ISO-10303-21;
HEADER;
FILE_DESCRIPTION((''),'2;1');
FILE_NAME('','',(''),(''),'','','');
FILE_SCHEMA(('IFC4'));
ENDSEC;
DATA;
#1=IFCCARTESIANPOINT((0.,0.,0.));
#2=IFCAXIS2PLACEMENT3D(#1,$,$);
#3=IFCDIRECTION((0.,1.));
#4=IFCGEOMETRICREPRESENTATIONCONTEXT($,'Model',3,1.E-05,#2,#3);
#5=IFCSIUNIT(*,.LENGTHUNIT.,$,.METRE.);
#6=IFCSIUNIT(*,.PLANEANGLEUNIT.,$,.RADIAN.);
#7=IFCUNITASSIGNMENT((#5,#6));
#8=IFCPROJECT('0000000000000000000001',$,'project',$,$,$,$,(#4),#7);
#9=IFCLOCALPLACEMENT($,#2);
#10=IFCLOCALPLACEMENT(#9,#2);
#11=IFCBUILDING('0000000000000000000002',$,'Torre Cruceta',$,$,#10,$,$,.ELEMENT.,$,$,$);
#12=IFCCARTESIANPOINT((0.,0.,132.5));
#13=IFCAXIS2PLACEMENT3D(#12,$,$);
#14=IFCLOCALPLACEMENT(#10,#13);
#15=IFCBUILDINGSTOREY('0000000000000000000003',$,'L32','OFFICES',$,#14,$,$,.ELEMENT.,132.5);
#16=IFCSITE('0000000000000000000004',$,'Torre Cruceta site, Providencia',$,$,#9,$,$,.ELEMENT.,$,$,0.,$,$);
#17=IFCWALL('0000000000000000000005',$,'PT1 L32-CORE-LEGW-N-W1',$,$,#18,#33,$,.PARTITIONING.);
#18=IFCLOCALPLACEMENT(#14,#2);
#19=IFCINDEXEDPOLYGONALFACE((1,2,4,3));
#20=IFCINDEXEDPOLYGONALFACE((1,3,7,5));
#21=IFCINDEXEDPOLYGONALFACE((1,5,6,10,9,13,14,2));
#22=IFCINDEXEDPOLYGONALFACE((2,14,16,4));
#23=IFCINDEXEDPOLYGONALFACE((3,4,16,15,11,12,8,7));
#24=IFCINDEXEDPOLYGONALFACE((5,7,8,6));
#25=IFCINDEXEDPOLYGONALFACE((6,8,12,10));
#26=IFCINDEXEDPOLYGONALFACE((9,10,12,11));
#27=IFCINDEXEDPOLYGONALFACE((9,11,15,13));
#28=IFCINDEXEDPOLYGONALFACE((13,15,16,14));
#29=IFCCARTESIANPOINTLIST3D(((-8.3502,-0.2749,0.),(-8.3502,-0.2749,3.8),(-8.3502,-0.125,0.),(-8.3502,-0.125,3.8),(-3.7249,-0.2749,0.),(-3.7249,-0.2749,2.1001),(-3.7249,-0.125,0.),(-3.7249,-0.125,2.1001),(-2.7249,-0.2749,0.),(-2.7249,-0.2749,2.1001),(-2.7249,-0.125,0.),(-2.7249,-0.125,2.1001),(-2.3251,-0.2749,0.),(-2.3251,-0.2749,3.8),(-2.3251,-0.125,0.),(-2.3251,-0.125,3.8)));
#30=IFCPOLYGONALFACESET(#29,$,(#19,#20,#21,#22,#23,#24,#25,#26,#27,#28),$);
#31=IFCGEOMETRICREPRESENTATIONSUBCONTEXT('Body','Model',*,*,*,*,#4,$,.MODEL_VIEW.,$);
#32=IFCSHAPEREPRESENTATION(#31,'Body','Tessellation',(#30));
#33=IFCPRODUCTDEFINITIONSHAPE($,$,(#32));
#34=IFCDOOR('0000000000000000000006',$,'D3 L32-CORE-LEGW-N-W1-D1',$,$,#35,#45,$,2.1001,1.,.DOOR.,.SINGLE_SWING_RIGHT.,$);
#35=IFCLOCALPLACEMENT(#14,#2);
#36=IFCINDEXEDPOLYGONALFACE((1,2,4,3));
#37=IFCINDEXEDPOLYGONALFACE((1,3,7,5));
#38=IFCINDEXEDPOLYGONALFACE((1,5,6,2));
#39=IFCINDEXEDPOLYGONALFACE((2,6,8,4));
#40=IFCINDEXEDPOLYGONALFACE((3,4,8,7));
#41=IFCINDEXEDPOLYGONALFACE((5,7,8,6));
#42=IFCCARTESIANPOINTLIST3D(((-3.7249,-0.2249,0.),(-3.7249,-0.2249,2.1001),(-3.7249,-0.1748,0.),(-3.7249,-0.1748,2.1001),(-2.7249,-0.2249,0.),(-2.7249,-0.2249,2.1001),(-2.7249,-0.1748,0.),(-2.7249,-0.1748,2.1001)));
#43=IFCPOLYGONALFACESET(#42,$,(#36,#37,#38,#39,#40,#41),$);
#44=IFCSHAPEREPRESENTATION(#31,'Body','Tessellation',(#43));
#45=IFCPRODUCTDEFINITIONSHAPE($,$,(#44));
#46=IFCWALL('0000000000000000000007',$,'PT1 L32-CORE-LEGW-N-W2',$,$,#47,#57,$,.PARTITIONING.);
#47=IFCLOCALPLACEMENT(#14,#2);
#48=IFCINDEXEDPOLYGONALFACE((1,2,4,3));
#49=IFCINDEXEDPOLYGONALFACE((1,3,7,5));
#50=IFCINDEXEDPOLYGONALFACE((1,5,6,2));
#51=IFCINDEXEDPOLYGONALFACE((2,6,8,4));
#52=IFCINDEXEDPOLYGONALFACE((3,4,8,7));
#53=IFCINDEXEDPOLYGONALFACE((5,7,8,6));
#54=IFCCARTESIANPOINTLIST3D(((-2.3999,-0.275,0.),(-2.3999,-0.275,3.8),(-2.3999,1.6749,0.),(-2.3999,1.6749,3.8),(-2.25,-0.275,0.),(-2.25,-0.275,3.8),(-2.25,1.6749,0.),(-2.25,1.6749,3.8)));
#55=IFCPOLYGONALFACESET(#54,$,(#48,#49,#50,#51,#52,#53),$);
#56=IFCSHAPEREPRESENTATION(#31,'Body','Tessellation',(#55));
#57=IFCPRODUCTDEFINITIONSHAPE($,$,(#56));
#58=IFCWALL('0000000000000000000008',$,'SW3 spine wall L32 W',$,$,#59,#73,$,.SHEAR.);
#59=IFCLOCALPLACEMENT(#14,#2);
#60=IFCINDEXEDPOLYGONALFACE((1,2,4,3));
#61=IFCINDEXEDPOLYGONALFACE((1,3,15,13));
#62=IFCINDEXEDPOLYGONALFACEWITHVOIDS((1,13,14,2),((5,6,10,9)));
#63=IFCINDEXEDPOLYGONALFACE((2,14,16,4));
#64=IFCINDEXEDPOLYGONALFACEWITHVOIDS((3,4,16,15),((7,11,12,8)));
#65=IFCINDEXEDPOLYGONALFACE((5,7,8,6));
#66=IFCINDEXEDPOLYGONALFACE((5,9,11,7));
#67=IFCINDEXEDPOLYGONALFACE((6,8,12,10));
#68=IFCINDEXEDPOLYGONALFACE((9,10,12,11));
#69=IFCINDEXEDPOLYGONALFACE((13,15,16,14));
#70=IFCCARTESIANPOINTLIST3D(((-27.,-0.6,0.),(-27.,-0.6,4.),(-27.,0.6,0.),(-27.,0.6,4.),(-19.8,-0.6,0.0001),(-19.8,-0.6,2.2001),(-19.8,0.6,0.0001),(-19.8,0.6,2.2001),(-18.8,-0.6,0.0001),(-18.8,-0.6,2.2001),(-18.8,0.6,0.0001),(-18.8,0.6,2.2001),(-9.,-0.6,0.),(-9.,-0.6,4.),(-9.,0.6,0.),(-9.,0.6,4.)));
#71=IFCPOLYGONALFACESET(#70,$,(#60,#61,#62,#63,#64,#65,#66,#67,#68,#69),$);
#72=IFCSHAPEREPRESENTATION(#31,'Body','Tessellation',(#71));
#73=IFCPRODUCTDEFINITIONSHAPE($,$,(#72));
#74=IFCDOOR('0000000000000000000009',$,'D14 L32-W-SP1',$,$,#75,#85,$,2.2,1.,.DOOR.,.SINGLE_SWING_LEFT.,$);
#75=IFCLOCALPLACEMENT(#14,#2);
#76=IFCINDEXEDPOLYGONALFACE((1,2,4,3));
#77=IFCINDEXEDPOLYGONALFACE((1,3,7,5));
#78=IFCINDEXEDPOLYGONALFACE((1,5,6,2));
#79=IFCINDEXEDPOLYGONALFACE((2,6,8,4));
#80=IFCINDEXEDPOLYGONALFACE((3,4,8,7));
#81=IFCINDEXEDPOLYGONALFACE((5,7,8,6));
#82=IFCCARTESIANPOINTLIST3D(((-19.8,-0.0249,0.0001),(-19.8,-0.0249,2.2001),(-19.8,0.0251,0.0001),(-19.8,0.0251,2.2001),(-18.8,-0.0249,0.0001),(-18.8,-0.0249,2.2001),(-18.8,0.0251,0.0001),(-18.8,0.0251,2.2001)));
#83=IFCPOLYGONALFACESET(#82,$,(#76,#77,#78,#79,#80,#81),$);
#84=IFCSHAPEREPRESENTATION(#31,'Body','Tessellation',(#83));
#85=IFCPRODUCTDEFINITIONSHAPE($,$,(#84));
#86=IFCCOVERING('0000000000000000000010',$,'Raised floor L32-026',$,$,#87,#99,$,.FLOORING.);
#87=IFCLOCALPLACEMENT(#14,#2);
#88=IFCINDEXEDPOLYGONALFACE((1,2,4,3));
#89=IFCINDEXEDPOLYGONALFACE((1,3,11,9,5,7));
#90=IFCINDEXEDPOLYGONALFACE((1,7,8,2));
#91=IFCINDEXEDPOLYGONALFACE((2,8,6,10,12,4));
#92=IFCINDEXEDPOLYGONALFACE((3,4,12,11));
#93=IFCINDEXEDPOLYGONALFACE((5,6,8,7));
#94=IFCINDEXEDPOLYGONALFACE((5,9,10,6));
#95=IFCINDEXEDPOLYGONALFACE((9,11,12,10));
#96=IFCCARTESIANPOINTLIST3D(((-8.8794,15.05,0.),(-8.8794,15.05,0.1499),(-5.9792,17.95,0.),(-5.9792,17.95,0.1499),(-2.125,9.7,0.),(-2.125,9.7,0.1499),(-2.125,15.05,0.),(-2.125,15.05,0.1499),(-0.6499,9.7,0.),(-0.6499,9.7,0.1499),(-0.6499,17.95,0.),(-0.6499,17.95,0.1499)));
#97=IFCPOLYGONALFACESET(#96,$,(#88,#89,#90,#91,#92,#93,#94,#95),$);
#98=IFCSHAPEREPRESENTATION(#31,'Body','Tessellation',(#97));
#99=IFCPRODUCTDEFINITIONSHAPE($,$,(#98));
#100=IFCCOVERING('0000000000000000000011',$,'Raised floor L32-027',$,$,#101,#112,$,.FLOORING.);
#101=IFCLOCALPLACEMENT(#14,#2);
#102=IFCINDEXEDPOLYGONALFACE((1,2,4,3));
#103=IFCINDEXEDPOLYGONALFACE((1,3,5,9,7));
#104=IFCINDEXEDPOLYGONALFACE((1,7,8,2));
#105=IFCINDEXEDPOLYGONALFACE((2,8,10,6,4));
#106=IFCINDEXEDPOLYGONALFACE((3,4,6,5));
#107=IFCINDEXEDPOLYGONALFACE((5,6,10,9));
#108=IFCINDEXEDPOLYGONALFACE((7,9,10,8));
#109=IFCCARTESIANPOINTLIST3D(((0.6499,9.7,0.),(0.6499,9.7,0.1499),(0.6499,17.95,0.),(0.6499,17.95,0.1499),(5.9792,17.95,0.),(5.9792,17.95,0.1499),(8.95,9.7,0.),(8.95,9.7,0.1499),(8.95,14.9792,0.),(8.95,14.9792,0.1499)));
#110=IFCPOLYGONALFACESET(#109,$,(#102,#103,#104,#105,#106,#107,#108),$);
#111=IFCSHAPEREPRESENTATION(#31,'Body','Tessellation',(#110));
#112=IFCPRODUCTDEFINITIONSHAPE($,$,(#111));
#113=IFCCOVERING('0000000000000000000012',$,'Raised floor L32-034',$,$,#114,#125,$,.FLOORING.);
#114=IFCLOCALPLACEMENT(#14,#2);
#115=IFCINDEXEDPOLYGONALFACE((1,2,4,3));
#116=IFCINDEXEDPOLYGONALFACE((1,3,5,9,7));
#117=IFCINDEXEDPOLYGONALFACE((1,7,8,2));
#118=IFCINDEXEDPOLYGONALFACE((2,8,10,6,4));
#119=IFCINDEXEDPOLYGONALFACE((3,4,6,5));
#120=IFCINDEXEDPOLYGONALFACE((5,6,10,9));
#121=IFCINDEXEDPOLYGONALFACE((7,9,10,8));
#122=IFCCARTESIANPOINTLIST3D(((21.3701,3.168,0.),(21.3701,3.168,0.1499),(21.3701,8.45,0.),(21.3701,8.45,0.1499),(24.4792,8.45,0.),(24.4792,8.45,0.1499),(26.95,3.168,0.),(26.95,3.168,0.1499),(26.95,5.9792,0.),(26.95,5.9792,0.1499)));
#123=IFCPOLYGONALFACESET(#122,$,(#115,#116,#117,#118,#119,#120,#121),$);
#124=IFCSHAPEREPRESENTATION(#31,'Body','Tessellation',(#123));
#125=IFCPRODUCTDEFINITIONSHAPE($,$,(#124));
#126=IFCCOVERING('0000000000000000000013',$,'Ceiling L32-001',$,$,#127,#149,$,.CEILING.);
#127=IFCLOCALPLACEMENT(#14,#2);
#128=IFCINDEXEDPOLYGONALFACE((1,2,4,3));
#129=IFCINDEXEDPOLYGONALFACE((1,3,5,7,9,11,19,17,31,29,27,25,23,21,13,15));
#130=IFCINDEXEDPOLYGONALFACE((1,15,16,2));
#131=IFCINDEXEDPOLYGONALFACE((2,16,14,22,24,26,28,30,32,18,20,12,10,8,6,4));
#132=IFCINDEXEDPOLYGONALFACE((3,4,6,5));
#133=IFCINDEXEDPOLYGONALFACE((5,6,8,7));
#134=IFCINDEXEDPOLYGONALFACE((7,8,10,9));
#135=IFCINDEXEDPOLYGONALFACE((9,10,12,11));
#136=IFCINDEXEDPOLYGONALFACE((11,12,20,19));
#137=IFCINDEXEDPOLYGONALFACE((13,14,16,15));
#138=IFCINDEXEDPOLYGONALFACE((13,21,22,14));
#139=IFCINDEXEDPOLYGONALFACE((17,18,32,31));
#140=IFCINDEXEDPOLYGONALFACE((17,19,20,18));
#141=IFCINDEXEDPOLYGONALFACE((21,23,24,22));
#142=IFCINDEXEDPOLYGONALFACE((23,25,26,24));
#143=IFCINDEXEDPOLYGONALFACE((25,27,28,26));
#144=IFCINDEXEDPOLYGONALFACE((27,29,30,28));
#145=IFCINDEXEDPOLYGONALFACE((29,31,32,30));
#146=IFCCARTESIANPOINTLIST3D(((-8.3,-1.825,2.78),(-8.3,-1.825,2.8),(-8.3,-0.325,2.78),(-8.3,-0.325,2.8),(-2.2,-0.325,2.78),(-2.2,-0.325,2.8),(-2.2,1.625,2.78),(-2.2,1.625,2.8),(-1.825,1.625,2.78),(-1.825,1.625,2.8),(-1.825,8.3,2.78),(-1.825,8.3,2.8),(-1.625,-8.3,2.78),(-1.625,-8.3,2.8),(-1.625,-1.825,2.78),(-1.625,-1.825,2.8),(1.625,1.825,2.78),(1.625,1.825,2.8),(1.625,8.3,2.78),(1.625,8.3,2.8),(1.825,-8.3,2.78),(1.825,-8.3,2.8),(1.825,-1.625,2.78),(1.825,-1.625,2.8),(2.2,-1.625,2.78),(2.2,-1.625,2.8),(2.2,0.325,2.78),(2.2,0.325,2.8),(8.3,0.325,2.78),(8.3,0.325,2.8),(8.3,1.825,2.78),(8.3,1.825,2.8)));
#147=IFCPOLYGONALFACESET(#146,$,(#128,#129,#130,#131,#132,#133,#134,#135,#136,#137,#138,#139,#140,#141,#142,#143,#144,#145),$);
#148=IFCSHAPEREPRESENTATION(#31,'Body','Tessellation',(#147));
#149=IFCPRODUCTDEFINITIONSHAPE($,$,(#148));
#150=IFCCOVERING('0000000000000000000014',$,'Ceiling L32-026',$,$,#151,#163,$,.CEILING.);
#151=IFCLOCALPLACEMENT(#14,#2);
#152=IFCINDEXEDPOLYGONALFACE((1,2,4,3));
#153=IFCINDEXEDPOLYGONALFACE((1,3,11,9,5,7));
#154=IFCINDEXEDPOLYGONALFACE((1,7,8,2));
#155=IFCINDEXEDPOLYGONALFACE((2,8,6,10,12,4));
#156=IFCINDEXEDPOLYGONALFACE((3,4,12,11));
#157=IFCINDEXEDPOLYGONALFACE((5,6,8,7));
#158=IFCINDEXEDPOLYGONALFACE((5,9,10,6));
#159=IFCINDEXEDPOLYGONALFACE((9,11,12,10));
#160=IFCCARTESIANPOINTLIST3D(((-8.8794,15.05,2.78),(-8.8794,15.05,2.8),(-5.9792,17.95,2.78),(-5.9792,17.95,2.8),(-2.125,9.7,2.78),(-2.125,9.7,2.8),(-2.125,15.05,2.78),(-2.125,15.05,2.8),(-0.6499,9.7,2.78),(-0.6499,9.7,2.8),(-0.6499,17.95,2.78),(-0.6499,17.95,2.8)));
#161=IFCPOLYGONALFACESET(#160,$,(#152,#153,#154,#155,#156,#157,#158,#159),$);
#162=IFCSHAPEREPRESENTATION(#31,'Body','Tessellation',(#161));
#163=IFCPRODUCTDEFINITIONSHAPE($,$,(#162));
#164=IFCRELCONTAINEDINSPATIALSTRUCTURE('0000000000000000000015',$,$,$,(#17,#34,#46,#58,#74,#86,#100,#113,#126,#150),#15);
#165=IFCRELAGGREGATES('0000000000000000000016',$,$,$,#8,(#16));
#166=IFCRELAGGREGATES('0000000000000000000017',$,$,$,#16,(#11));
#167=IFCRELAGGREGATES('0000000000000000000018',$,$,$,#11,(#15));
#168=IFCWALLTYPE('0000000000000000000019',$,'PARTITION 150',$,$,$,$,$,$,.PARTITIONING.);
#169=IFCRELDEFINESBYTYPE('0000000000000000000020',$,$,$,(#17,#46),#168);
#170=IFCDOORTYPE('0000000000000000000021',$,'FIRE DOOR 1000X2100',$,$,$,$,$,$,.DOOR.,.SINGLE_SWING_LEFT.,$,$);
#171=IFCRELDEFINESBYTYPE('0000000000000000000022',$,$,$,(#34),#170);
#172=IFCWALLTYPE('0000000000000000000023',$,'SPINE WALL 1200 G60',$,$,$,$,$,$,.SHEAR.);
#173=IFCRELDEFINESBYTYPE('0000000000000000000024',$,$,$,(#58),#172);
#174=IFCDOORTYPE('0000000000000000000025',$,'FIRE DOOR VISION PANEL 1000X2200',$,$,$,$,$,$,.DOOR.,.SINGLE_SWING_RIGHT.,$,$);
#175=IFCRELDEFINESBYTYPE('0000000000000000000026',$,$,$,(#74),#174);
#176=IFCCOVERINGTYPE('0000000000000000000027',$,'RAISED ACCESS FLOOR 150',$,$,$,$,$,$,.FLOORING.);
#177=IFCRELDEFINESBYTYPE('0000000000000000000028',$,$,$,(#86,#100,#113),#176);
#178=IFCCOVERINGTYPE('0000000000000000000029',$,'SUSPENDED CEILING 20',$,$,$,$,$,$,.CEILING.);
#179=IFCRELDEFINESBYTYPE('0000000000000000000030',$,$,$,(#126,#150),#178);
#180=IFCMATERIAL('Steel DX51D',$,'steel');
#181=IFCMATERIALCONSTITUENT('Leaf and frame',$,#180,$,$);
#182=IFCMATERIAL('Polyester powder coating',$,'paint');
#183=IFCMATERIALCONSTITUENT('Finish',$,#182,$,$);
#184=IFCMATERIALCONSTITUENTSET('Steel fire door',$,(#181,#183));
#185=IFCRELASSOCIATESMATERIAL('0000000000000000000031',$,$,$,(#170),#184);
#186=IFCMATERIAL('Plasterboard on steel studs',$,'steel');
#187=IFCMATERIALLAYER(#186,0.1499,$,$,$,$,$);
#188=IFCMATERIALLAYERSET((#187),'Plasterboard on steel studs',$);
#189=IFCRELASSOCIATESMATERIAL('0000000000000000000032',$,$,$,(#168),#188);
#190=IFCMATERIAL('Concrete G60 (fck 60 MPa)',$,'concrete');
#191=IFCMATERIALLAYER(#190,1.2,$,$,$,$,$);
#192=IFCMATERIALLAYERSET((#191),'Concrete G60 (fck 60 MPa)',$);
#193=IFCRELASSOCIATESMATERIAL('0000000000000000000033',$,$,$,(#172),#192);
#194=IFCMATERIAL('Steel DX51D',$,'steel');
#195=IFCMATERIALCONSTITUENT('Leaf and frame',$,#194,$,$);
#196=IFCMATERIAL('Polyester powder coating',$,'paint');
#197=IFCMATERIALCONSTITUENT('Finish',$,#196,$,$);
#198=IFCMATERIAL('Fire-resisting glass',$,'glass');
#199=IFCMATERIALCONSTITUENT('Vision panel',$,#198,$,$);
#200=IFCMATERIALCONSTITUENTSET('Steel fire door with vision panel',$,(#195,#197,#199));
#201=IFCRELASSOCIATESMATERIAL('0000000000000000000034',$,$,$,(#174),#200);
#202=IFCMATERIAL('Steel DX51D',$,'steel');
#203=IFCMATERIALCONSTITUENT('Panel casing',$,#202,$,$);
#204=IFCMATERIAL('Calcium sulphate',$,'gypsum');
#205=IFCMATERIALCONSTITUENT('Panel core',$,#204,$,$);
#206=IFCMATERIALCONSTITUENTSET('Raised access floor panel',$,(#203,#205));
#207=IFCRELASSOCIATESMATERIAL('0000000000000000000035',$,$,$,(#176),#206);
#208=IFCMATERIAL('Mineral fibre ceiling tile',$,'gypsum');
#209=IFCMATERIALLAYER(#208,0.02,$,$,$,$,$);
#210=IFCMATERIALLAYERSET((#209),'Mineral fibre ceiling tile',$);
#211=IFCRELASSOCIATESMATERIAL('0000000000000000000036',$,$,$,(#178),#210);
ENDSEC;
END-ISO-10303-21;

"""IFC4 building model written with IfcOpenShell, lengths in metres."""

from ifc_helpers import new_model, si_unit, direction, frame, frame_2d, origin, place, context, subcontext, project, spatial, polyline, rectangle, outline, extrude, material, layer, layer_set, constituent, constituent_set, type_object, element, fill, save


model = new_model("IFC4")

# Units and contexts
model_context = context("Model", 3, precision=1e-05, world=origin(), true_north=direction((0.0, 1.0)))
body_context = subcontext(model_context, "Body", "Model", "MODEL_VIEW")
ifc_project = project(units=[si_unit("LENGTHUNIT", "METRE"), si_unit("PLANEANGLEUNIT", "RADIAN")], contexts=[model_context])

# Site, building, storey
site_placement = place(None, origin())
site = spatial("IfcSite", under=ifc_project, at=site_placement, Name="Torre Cruceta site, Providencia", CompositionType="ELEMENT", RefElevation=0.0)
building_placement = place(site_placement, origin())
building = spatial("IfcBuilding", under=site, at=building_placement, Name="Torre Cruceta", CompositionType="ELEMENT")
storey_placement = place(building_placement, frame((0.0, 0.0, 132.5)))
storey = spatial("IfcBuildingStorey", under=building, at=storey_placement, Name="L32", Description="OFFICES", CompositionType="ELEMENT", Elevation=132.5)

# Shared definitions
ifc_material_1 = material(Name="Steel DX51D", Category="steel")
ifc_constituent_1 = constituent(ifc_material_1, Name="Leaf and frame")
ifc_material_2 = material(Name="Polyester powder coating", Category="paint")
ifc_constituent_2 = constituent(ifc_material_2, Name="Finish")
ifc_constituent_set_1 = constituent_set(constituents=[ifc_constituent_1, ifc_constituent_2], Name="Steel fire door")
door_type_1 = type_object("IfcDoorType", Name="FIRE DOOR 1000X2100", OperationType="SINGLE_SWING_LEFT", PredefinedType="DOOR", material=ifc_constituent_set_1)

# Wall, opening, door
ifc_material_3 = material(Name="Plasterboard on steel studs", Category="steel")
ifc_layer_1 = layer(ifc_material_3, 0.1499)
ifc_layer_set_1 = layer_set([ifc_layer_1], Name="Plasterboard on steel studs")
wall_type_1 = type_object("IfcWallType", Name="PARTITION 150", PredefinedType="PARTITIONING", material=ifc_layer_set_1)
wall_1_placement = place(storey_placement, frame((-2.325, -0.2, 0.0), z_axis=(0.0, 0.0, 1.0), x_axis=(-1.0, 0.0, 0.0)))
wall_1 = element("IfcWall", 1, at=wall_1_placement, inside=storey, type_object=wall_type_1, Name="PT1 L32-CORE-LEGW-N-W1", PredefinedType="PARTITIONING", context=body_context, shape_type="SweptSolid", body=[
    extrude(rectangle(XDim=6.0251, YDim=0.1499, at=frame_2d((3.0127, 0.0))), origin(), (0.0, 0.0, 1.0), 3.8),
])
opening_1_placement = place(wall_1_placement, frame((0.3999, 0.0, 0.0)))
opening_1 = element("IfcOpeningElement", 2, at=opening_1_placement, cuts=wall_1, PredefinedType="OPENING", context=body_context, shape_type="SweptSolid", body=[
    extrude(rectangle(XDim=1.0, YDim=2.1001, at=frame_2d((0.5, 1.05))), frame((0.0, 0.085, 0.0), z_axis=(0.0, -1.0, 0.0), x_axis=(1.0, 0.0, 0.0)), (0.0, 0.0, 1.0), 0.1699),
])
door_1_placement = place(opening_1_placement, frame((1.0, 0.0, 0.0), z_axis=(0.0, 0.0, 1.0), x_axis=(-1.0, 0.0, 0.0)))
door_1 = element("IfcDoor", 3, at=door_1_placement, inside=storey, type_object=door_type_1, Name="D3 L32-CORE-LEGW-N-W1-D1", OperationType="SINGLE_SWING_RIGHT", OverallHeight=2.1001, OverallWidth=1.0, PredefinedType="DOOR", context=body_context, shape_type="SweptSolid", body=[
    extrude(rectangle(XDim=1.0, YDim=2.1001, at=frame_2d((0.5, 1.05))), frame((0.0, 0.0251, 0.0), z_axis=(0.0, -1.0, 0.0), x_axis=(1.0, 0.0, 0.0)), (0.0, 0.0, 1.0), 0.05),
])
fill(opening_1, door_1)

# Wall
wall_2_placement = place(storey_placement, frame((-2.325, 1.675, 0.0), z_axis=(0.0, 0.0, 1.0), x_axis=(0.0, -1.0, 0.0)))
element("IfcWall", 4, at=wall_2_placement, inside=storey, type_object=wall_type_1, Name="PT1 L32-CORE-LEGW-N-W2", PredefinedType="PARTITIONING", context=body_context, shape_type="SweptSolid", body=[
    extrude(rectangle(XDim=1.95, YDim=0.1499, at=frame_2d((0.9751, 0.0))), origin(), (0.0, 0.0, 1.0), 3.8),
])

# Wall, opening, door
ifc_material_4 = material(Name="Concrete G60 (fck 60 MPa)", Category="concrete")
ifc_layer_2 = layer(ifc_material_4, 1.2)
ifc_layer_set_2 = layer_set([ifc_layer_2], Name="Concrete G60 (fck 60 MPa)")
wall_type_2 = type_object("IfcWallType", Name="SPINE WALL 1200 G60", PredefinedType="SHEAR", material=ifc_layer_set_2)
wall_3_placement = place(storey_placement, frame((-9.0, 0.0, 0.0), z_axis=(0.0, 0.0, 1.0), x_axis=(-1.0, 0.0, 0.0)))
wall_3 = element("IfcWall", 5, at=wall_3_placement, inside=storey, type_object=wall_type_2, Name="SW3 spine wall L32 W", PredefinedType="SHEAR", context=body_context, shape_type="SweptSolid", body=[
    extrude(rectangle(XDim=18.0, YDim=1.2, at=frame_2d((9.0, 0.0))), origin(), (0.0, 0.0, 1.0), 4.0),
])
opening_2_placement = place(wall_3_placement, frame((9.8, 0.0, 0.0)))
opening_2 = element("IfcOpeningElement", 6, at=opening_2_placement, cuts=wall_3, PredefinedType="OPENING", context=body_context, shape_type="SweptSolid", body=[
    extrude(rectangle(XDim=1.0, YDim=2.2, at=frame_2d((0.5, 1.1001))), frame((0.0, 0.6099, 0.0), z_axis=(0.0, -1.0, 0.0), x_axis=(1.0, 0.0, 0.0)), (0.0, 0.0, 1.0), 1.22),
])
ifc_material_5 = material(Name="Steel DX51D", Category="steel")
ifc_constituent_3 = constituent(ifc_material_5, Name="Leaf and frame")
ifc_material_6 = material(Name="Polyester powder coating", Category="paint")
ifc_constituent_4 = constituent(ifc_material_6, Name="Finish")
ifc_material_7 = material(Name="Fire-resisting glass", Category="glass")
ifc_constituent_5 = constituent(ifc_material_7, Name="Vision panel")
ifc_constituent_set_2 = constituent_set(constituents=[ifc_constituent_3, ifc_constituent_4, ifc_constituent_5], Name="Steel fire door with vision panel")
door_type_2 = type_object("IfcDoorType", Name="FIRE DOOR VISION PANEL 1000X2200", OperationType="SINGLE_SWING_RIGHT", PredefinedType="DOOR", material=ifc_constituent_set_2)
door_2_placement = place(opening_2_placement, frame((1.0, 0.0, 0.0), z_axis=(0.0, 0.0, 1.0), x_axis=(-1.0, 0.0, 0.0)))
door_2 = element("IfcDoor", 7, at=door_2_placement, inside=storey, type_object=door_type_2, Name="D14 L32-W-SP1", OperationType="SINGLE_SWING_LEFT", OverallHeight=2.2, OverallWidth=1.0, PredefinedType="DOOR", context=body_context, shape_type="SweptSolid", body=[
    extrude(rectangle(XDim=1.0, YDim=2.2, at=frame_2d((0.5, 1.1001))), frame((0.0, 0.0251, 0.0), z_axis=(0.0, -1.0, 0.0), x_axis=(1.0, 0.0, 0.0)), (0.0, 0.0, 1.0), 0.05),
])
fill(opening_2, door_2)

# Coverings
ifc_material_8 = material(Name="Steel DX51D", Category="steel")
ifc_constituent_6 = constituent(ifc_material_8, Name="Panel casing")
ifc_material_9 = material(Name="Calcium sulphate", Category="gypsum")
ifc_constituent_7 = constituent(ifc_material_9, Name="Panel core")
ifc_constituent_set_3 = constituent_set(constituents=[ifc_constituent_6, ifc_constituent_7], Name="Raised access floor panel")
covering_type_1 = type_object("IfcCoveringType", Name="RAISED ACCESS FLOOR 150", PredefinedType="FLOORING", material=ifc_constituent_set_3)
covering_1_placement = place(storey_placement, origin())
element("IfcCovering", 8, at=covering_1_placement, inside=storey, type_object=covering_type_1, Name="Raised floor L32-026", PredefinedType="FLOORING", context=body_context, shape_type="SweptSolid", body=[
    extrude(outline(polyline([(-0.6499, 17.95), (-0.6499, 9.7), (-2.125, 9.7), (-2.125, 15.05), (-8.8794, 15.05), (-5.9792, 17.95), (-0.6499, 17.95)])), origin(), (0.0, 0.0, 1.0), 0.1499),
])
covering_2_placement = place(storey_placement, origin())
element("IfcCovering", 9, at=covering_2_placement, inside=storey, type_object=covering_type_1, Name="Raised floor L32-027", PredefinedType="FLOORING", context=body_context, shape_type="SweptSolid", body=[
    extrude(outline(polyline([(5.9792, 17.95), (8.95, 14.9792), (8.95, 9.7), (0.6499, 9.7), (0.6499, 17.95), (5.9792, 17.95)])), origin(), (0.0, 0.0, 1.0), 0.1499),
])
covering_3_placement = place(storey_placement, origin())
element("IfcCovering", 10, at=covering_3_placement, inside=storey, type_object=covering_type_1, Name="Raised floor L32-034", PredefinedType="FLOORING", context=body_context, shape_type="SweptSolid", body=[
    extrude(outline(polyline([(26.95, 3.168), (21.3701, 3.168), (21.3701, 8.45), (24.4792, 8.45), (26.95, 5.9792), (26.95, 3.168)])), origin(), (0.0, 0.0, 1.0), 0.1499),
])
ifc_material_10 = material(Name="Mineral fibre ceiling tile", Category="gypsum")
ifc_layer_3 = layer(ifc_material_10, 0.02)
ifc_layer_set_3 = layer_set([ifc_layer_3], Name="Mineral fibre ceiling tile")
covering_type_2 = type_object("IfcCoveringType", Name="SUSPENDED CEILING 20", PredefinedType="CEILING", material=ifc_layer_set_3)
covering_4_placement = place(storey_placement, frame((0.0, 0.0, 2.78)))
element("IfcCovering", 11, at=covering_4_placement, inside=storey, type_object=covering_type_2, Name="Ceiling L32-001", PredefinedType="CEILING", context=body_context, shape_type="SweptSolid", body=[
    extrude(outline(polyline([(1.825, -8.3), (-1.625, -8.3), (-1.625, -1.825), (-8.3, -1.825), (-8.3, -0.325), (-2.2, -0.325), (-2.2, 1.625), (-1.825, 1.625), (-1.825, 8.3), (1.625, 8.3), (1.625, 1.825), (8.3, 1.825), (8.3, 0.325), (2.2, 0.325), (2.2, -1.625), (1.825, -1.625), (1.825, -8.3)])), origin(), (0.0, 0.0, 1.0), 0.02),
])
covering_5_placement = place(storey_placement, frame((0.0, 0.0, 2.78)))
element("IfcCovering", 12, at=covering_5_placement, inside=storey, type_object=covering_type_2, Name="Ceiling L32-026", PredefinedType="CEILING", context=body_context, shape_type="SweptSolid", body=[
    extrude(outline(polyline([(-0.6499, 17.95), (-0.6499, 9.7), (-2.125, 9.7), (-2.125, 15.05), (-8.8794, 15.05), (-5.9792, 17.95), (-0.6499, 17.95)])), origin(), (0.0, 0.0, 1.0), 0.02),
])

save(model, "model.ifc")
